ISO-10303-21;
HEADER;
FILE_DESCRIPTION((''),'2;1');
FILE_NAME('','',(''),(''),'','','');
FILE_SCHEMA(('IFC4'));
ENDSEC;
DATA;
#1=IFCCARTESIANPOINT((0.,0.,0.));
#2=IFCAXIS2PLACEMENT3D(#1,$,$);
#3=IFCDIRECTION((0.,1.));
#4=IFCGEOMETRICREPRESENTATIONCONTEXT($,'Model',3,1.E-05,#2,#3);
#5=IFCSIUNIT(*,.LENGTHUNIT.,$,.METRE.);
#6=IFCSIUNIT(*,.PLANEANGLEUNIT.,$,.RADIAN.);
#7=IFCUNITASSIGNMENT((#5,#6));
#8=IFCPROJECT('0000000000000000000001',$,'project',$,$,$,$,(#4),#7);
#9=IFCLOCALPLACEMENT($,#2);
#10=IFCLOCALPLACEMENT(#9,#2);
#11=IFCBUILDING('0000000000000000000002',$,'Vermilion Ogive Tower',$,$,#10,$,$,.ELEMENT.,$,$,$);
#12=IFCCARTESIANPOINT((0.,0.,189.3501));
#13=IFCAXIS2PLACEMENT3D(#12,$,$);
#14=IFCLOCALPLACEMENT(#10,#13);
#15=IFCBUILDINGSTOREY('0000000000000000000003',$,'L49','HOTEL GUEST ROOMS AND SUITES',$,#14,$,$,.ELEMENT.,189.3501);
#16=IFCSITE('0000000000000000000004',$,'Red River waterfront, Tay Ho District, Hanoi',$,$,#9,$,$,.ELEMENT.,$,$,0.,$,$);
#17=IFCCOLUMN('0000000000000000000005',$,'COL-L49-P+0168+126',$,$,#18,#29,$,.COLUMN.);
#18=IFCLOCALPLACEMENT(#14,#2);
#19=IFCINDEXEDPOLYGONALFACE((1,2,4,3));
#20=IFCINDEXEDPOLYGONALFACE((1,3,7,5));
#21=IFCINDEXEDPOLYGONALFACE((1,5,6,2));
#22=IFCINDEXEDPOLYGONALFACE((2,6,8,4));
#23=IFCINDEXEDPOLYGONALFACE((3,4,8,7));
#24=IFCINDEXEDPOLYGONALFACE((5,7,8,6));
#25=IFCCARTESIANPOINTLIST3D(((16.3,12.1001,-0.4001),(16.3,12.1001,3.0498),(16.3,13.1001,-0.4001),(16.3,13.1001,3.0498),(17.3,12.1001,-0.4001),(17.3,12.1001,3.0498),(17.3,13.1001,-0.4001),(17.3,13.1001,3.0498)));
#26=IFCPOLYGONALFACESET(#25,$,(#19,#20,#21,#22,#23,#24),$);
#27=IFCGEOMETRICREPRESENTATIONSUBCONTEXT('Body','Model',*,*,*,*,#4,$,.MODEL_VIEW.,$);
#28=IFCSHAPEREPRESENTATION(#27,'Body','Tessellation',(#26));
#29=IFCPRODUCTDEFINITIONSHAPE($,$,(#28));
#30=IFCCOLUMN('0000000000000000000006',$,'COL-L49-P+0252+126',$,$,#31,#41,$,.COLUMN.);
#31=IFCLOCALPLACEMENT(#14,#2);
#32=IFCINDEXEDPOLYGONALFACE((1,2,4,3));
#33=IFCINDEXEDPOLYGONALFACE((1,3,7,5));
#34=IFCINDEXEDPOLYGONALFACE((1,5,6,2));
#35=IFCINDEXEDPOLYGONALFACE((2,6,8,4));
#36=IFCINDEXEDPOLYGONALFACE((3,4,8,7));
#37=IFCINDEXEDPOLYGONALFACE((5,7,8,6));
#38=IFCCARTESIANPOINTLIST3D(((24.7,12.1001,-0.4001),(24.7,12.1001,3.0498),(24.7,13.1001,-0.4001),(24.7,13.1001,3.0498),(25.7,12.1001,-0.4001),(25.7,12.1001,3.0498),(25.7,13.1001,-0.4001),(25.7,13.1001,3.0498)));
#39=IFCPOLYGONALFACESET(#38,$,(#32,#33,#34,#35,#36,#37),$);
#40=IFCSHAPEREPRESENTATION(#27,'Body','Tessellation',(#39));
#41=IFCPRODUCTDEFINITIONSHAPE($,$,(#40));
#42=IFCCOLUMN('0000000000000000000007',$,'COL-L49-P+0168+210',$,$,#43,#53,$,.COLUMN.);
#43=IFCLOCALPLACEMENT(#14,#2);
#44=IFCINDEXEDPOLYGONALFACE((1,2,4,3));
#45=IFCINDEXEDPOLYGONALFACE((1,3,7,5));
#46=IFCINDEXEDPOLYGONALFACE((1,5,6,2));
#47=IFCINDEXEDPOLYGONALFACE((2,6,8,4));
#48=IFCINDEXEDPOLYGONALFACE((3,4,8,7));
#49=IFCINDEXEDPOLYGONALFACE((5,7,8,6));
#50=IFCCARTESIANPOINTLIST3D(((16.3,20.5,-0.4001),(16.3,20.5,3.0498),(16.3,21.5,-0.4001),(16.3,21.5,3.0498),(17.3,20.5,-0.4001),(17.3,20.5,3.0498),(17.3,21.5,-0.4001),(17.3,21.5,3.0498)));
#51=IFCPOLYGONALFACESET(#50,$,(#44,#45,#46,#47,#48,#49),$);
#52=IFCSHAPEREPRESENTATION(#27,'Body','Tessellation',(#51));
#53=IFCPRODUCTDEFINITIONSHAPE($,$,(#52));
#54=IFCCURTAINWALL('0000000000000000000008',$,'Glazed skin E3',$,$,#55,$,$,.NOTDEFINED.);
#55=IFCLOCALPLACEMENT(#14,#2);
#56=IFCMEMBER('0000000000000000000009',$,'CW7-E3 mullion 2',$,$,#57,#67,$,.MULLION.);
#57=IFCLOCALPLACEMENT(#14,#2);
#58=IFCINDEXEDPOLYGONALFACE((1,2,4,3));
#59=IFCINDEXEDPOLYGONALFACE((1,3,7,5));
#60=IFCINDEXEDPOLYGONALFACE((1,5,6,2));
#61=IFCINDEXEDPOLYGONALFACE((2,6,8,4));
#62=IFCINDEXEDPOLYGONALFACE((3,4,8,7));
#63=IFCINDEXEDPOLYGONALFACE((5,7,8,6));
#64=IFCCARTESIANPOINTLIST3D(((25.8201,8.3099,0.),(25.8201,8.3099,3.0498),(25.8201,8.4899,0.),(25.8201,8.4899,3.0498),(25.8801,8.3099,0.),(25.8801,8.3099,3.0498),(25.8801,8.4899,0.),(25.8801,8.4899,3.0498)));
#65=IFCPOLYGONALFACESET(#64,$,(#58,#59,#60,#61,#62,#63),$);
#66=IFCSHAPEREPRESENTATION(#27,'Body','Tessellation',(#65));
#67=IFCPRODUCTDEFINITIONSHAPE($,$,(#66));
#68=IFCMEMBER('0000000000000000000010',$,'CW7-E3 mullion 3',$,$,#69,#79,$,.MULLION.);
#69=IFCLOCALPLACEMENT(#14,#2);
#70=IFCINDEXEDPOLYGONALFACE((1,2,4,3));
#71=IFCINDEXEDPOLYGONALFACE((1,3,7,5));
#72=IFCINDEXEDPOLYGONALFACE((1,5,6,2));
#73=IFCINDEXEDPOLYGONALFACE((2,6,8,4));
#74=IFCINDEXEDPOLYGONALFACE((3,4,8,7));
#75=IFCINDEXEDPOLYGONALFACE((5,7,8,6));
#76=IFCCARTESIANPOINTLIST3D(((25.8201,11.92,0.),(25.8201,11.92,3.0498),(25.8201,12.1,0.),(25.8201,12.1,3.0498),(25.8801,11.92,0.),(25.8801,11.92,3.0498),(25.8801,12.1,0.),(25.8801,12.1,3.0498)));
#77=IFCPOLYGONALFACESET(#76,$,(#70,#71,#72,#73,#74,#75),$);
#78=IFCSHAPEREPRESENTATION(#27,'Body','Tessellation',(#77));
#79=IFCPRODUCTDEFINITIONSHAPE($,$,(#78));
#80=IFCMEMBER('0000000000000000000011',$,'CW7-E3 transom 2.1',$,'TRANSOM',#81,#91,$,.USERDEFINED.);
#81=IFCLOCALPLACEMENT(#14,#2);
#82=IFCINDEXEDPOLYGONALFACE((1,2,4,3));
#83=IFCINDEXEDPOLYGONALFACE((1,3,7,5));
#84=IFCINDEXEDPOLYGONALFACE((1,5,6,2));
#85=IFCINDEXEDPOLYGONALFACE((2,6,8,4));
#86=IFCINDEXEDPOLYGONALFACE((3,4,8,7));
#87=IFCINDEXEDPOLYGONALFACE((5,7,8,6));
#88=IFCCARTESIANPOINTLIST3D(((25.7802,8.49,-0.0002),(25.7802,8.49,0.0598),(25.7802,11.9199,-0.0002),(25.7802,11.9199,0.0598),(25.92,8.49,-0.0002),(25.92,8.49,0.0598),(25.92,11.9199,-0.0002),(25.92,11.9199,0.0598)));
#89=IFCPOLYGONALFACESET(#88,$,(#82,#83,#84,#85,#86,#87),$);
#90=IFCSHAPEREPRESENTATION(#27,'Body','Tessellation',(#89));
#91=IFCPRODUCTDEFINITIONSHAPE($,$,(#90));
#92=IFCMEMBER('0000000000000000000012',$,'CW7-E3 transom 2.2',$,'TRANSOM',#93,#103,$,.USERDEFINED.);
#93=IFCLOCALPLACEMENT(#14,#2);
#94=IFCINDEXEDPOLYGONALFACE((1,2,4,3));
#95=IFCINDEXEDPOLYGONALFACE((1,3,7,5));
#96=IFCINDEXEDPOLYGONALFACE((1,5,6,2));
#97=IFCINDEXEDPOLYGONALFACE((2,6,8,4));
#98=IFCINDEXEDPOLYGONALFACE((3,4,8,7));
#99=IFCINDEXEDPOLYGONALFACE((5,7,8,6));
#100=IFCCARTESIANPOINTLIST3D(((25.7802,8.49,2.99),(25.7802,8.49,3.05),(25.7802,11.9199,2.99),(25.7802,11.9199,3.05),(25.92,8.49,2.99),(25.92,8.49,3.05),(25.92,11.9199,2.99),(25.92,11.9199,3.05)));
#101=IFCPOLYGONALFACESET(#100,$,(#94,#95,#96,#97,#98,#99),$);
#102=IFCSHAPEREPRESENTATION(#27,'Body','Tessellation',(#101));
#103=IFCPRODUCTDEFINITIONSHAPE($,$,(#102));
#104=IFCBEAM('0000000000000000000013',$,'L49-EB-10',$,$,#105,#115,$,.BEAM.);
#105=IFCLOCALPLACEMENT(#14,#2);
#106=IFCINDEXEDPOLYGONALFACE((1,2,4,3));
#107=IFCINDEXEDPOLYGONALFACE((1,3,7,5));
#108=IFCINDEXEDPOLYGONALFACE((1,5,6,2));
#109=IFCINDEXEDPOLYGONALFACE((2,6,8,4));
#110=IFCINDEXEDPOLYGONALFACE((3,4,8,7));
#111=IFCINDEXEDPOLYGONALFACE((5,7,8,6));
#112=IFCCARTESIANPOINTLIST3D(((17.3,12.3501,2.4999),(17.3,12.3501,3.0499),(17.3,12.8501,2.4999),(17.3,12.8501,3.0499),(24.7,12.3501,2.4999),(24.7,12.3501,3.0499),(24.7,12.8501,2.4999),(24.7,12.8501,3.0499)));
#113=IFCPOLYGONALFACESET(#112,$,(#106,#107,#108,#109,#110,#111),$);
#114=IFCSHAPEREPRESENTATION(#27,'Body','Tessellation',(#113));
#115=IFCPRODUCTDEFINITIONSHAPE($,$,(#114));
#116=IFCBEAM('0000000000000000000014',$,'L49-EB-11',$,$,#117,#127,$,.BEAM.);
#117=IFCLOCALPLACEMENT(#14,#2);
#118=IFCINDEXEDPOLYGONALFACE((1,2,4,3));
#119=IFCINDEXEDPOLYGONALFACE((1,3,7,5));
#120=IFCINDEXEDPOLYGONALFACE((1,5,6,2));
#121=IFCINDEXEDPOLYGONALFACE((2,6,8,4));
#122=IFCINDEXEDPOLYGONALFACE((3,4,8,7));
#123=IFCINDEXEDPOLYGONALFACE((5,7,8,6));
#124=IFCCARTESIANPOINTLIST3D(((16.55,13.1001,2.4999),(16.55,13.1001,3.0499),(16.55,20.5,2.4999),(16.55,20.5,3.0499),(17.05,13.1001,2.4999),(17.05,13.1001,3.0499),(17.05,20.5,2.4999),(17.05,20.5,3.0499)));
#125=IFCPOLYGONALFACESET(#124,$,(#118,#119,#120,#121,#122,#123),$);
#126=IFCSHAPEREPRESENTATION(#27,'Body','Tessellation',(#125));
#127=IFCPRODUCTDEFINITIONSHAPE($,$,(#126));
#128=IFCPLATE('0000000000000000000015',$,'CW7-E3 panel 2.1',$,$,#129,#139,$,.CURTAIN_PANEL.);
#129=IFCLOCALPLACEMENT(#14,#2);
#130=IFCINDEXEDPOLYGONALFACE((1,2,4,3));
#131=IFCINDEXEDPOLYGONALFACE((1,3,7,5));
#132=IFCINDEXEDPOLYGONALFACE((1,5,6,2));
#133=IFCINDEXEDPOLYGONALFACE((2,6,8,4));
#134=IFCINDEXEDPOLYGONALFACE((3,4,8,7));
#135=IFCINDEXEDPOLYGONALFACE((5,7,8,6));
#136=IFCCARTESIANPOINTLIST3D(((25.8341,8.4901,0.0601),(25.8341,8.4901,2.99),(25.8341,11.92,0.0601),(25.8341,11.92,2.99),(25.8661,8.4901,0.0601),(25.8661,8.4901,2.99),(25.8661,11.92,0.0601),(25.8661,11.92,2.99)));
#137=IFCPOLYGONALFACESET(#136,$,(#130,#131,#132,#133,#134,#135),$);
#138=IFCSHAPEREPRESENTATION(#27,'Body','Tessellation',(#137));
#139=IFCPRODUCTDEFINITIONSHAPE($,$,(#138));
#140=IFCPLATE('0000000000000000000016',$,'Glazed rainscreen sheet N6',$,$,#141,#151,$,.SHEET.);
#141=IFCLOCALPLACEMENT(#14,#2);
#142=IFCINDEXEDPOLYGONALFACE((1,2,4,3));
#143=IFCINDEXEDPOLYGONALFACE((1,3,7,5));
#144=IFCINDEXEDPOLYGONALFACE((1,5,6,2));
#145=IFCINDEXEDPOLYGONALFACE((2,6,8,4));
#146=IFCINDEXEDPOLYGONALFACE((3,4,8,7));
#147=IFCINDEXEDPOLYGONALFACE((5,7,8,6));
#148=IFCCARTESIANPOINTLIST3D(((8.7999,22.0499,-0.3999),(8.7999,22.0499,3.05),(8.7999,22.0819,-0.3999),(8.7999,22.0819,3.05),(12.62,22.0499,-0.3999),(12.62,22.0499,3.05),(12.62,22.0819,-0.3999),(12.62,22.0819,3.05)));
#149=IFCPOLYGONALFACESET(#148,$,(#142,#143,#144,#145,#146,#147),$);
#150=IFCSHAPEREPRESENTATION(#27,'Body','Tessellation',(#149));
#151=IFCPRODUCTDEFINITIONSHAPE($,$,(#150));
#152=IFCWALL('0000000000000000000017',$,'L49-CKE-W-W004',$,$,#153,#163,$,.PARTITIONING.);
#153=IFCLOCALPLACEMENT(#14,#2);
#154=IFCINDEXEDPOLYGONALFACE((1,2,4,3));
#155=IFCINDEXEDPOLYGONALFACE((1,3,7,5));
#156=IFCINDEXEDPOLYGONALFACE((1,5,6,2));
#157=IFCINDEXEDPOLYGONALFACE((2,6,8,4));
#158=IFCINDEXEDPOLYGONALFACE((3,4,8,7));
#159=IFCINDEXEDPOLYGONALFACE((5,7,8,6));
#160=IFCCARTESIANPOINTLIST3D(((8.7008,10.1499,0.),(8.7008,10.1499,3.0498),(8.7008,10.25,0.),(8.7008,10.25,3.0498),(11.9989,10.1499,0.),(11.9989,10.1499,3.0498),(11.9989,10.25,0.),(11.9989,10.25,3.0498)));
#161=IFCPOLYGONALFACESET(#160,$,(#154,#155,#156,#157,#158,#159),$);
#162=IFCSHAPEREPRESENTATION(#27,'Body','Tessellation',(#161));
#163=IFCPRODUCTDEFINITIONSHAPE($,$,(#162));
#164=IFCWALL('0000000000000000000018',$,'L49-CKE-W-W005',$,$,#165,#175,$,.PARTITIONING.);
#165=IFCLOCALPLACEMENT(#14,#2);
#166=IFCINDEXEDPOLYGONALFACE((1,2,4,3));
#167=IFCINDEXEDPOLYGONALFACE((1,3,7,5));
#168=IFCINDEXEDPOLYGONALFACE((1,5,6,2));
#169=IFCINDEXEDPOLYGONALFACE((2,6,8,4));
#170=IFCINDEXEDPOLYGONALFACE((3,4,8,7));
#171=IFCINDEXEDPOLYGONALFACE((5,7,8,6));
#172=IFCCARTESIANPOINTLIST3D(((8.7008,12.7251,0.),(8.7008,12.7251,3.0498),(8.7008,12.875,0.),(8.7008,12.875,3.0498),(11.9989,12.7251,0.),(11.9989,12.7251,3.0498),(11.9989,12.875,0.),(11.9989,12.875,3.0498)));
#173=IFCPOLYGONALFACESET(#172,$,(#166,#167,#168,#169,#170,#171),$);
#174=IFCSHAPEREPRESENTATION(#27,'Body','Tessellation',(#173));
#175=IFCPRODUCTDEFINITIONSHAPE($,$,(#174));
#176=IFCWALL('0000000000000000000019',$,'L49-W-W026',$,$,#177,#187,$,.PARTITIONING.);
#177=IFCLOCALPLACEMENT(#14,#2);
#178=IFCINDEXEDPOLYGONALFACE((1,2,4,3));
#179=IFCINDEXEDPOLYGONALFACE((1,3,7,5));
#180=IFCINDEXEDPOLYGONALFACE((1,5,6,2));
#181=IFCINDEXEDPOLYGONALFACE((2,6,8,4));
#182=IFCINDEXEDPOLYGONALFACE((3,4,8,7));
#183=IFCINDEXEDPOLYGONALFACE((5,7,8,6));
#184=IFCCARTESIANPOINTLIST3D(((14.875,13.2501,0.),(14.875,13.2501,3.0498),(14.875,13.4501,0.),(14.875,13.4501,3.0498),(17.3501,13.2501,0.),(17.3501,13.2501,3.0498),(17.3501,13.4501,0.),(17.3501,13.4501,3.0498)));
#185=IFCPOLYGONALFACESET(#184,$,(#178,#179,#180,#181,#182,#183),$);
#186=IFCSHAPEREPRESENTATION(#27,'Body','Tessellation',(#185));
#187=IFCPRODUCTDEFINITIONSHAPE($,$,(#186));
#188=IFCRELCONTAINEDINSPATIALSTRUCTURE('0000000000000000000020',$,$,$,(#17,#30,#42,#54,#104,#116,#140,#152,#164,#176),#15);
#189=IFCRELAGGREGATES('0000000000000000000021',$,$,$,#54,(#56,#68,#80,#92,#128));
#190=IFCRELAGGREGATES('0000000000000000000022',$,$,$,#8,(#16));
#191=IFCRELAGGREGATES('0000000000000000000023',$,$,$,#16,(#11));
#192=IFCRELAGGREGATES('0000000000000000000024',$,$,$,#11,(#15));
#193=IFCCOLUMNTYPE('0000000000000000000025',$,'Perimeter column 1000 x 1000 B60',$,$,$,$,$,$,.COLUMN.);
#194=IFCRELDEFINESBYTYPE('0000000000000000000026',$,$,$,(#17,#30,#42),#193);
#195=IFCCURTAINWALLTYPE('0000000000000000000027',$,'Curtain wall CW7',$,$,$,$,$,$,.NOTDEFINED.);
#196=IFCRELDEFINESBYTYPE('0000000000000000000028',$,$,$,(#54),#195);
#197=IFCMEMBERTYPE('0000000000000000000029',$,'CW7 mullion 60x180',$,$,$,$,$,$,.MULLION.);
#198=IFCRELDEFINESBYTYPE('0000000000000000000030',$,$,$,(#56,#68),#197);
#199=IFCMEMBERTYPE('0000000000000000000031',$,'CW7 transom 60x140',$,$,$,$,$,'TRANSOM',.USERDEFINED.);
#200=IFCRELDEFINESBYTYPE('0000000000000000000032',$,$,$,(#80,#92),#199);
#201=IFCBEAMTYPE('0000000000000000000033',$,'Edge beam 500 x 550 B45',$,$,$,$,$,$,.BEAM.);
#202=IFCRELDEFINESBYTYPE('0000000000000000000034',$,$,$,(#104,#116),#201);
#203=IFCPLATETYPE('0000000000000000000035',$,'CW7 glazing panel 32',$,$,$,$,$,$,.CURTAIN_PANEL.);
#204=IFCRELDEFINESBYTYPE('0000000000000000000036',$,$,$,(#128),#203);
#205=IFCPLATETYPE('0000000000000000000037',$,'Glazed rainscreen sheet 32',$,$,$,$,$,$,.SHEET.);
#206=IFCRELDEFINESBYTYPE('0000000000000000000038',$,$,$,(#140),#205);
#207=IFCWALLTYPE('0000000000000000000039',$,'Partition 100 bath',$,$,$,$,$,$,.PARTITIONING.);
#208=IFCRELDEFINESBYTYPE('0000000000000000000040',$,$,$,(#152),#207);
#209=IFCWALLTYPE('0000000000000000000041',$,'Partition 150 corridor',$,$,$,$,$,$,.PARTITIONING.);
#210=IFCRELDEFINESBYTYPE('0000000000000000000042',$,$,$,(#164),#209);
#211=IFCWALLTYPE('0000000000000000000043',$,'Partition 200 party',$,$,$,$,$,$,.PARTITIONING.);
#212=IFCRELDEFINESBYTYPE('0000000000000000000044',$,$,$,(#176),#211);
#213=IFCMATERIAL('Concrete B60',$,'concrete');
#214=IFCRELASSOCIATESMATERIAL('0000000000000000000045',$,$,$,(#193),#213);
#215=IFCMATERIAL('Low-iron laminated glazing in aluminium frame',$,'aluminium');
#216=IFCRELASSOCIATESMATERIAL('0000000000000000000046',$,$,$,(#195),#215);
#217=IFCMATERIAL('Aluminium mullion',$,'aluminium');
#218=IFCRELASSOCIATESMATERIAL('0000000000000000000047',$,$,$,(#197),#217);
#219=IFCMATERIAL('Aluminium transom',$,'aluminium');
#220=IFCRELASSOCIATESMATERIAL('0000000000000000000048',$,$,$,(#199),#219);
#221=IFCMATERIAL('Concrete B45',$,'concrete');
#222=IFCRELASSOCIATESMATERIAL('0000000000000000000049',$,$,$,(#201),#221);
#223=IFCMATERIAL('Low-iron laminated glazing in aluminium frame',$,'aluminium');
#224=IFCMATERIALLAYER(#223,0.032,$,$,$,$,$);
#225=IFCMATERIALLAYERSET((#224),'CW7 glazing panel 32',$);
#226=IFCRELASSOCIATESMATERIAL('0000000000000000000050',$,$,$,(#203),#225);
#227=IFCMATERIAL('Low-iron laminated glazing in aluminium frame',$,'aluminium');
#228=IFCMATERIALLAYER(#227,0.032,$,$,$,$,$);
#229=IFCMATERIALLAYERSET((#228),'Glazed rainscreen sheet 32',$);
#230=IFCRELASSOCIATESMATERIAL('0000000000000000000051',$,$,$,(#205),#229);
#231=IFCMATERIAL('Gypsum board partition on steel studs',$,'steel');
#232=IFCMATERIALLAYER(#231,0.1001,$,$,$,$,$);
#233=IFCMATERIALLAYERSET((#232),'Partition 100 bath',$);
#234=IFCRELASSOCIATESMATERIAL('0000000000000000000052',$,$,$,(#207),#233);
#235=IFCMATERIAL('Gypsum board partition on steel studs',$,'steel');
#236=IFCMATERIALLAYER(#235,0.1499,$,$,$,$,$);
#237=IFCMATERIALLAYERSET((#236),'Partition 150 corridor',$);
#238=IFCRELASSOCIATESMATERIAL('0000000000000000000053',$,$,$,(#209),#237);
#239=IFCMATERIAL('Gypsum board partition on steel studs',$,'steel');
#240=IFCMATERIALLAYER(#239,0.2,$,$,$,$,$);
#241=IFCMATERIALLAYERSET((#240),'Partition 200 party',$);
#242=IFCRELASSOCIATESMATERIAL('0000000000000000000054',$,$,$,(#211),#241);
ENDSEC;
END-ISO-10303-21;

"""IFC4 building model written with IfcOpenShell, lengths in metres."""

from ifc_helpers import new_model, si_unit, direction, frame, frame_2d, origin, origin_2d, place, context, subcontext, project, spatial, rectangle, extrude, material, layer, layer_set, material_profile, profile_set, type_object, element, aggregate, save


model = new_model("IFC4")

# Units and contexts
model_context = context("Model", 3, precision=1e-05, world=origin(), true_north=direction((0.0, 1.0)))
body_context = subcontext(model_context, "Body", "Model", "MODEL_VIEW")
ifc_project = project(units=[si_unit("LENGTHUNIT", "METRE"), si_unit("PLANEANGLEUNIT", "RADIAN")], contexts=[model_context])

# Site, building, storey
site_placement = place(None, origin())
site = spatial("IfcSite", under=ifc_project, at=site_placement, Name="Red River waterfront, Tay Ho District, Hanoi", CompositionType="ELEMENT", RefElevation=0.0)
building_placement = place(site_placement, origin())
building = spatial("IfcBuilding", under=site, at=building_placement, Name="Vermilion Ogive Tower", CompositionType="ELEMENT")
storey_placement = place(building_placement, frame((0.0, 0.0, 189.3501)))
storey = spatial("IfcBuildingStorey", under=building, at=storey_placement, Name="L49", Description="HOTEL GUEST ROOMS AND SUITES", CompositionType="ELEMENT", Elevation=189.3501)

# Columns
ifc_material_1 = material(Name="Concrete B60", Category="concrete")
ifc_material_profile_1 = material_profile(ifc_material_1, rectangle(XDim=1.0, YDim=1.0, at=origin_2d()), Name="1000 x 1000")
ifc_profile_set_1 = profile_set([ifc_material_profile_1], Name="Concrete B60")
column_type = type_object("IfcColumnType", Name="Perimeter column 1000 x 1000 B60", PredefinedType="COLUMN", material=ifc_profile_set_1)
for number, where, z_axis, x_axis, name in (
    (1, (16.8, 12.6001, -0.4001), (0.0, 0.0, 1.0), (1.0, 0.0, 0.0), "COL-L49-P+0168+126"),
    (2, (25.2, 12.6001, -0.4001), (0.0, 0.0, 1.0), (1.0, 0.0, 0.0), "COL-L49-P+0252+126"),
    (3, (16.8, 21.0, -0.4001), (0.0, 0.0, 1.0), (1.0, 0.0, 0.0), "COL-L49-P+0168+210"),
):
    element("IfcColumn", number, at=place(storey_placement, frame(where, z_axis=z_axis, x_axis=x_axis)), inside=storey, type_object=column_type, Name=name, PredefinedType="COLUMN", context=body_context, shape_type="SweptSolid", body=[
        extrude(rectangle(XDim=1.0, YDim=1.0, at=origin_2d()), origin(), (0.0, 0.0, 1.0), 3.45),
    ])

# Curtain wall, members
ifc_material_2 = material(Name="Low-iron laminated glazing in aluminium frame", Category="aluminium")
curtain_wall_type = type_object("IfcCurtainWallType", Name="Curtain wall CW7", PredefinedType="NOTDEFINED", material=ifc_material_2)
curtain_wall_placement = place(storey_placement, origin())
curtain_wall = element("IfcCurtainWall", 4, at=curtain_wall_placement, inside=storey, type_object=curtain_wall_type, Name="Glazed skin E3", PredefinedType="NOTDEFINED")
ifc_material_3 = material(Name="Aluminium mullion", Category="aluminium")
ifc_material_profile_2 = material_profile(ifc_material_3, rectangle(XDim=0.0601, YDim=0.1799, at=origin_2d()), Name="AL 60x180")
ifc_profile_set_2 = profile_set([ifc_material_profile_2], Name="Aluminium mullion")
member_type_1 = type_object("IfcMemberType", Name="CW7 mullion 60x180", PredefinedType="MULLION", material=ifc_profile_set_2)
member_1_placement = place(storey_placement, frame((25.8501, 8.3999, 0.0), z_axis=(0.0, 0.0, 1.0), x_axis=(-1.0, 0.0, 0.0)))
member_1 = element("IfcMember", 5, at=member_1_placement, type_object=member_type_1, Name="CW7-E3 mullion 2", PredefinedType="MULLION", context=body_context, shape_type="SweptSolid", body=[
    extrude(rectangle(XDim=0.0601, YDim=0.1799, at=origin_2d()), origin(), (0.0, 0.0, 1.0), 3.0498),
])
member_2_placement = place(storey_placement, frame((25.8501, 12.01, 0.0), z_axis=(0.0, 0.0, 1.0), x_axis=(-1.0, 0.0, 0.0)))
member_2 = element("IfcMember", 6, at=member_2_placement, type_object=member_type_1, Name="CW7-E3 mullion 3", PredefinedType="MULLION", context=body_context, shape_type="SweptSolid", body=[
    extrude(rectangle(XDim=0.0601, YDim=0.1799, at=origin_2d()), origin(), (0.0, 0.0, 1.0), 3.0498),
])
ifc_material_4 = material(Name="Aluminium transom", Category="aluminium")
ifc_material_profile_3 = material_profile(ifc_material_4, rectangle(XDim=0.1399, YDim=0.0601, at=origin_2d()), Name="AL 60x140")
ifc_profile_set_3 = profile_set([ifc_material_profile_3], Name="Aluminium transom")
member_type_2 = type_object("IfcMemberType", Name="CW7 transom 60x140", ElementType="TRANSOM", PredefinedType="USERDEFINED", material=ifc_profile_set_3)
member_3_placement = place(storey_placement, frame((25.8501, 8.49, 0.0298), z_axis=(0.0, 1.0, 0.0), x_axis=(-1.0, 0.0, 0.0)))
member_3 = element("IfcMember", 7, at=member_3_placement, type_object=member_type_2, Name="CW7-E3 transom 2.1", ObjectType="TRANSOM", PredefinedType="USERDEFINED", context=body_context, shape_type="SweptSolid", body=[
    extrude(rectangle(XDim=0.1399, YDim=0.0601, at=origin_2d()), origin(), (0.0, 0.0, 1.0), 3.4299),
])
member_4_placement = place(storey_placement, frame((25.8501, 8.49, 3.02), z_axis=(0.0, 1.0, 0.0), x_axis=(-1.0, 0.0, 0.0)))
member_4 = element("IfcMember", 8, at=member_4_placement, type_object=member_type_2, Name="CW7-E3 transom 2.2", ObjectType="TRANSOM", PredefinedType="USERDEFINED", context=body_context, shape_type="SweptSolid", body=[
    extrude(rectangle(XDim=0.1399, YDim=0.0601, at=origin_2d()), origin(), (0.0, 0.0, 1.0), 3.4299),
])

# Beams
ifc_material_5 = material(Name="Concrete B45", Category="concrete")
ifc_material_profile_4 = material_profile(ifc_material_5, rectangle(XDim=0.5, YDim=0.55, at=origin_2d()), Name="500 x 550")
ifc_profile_set_4 = profile_set([ifc_material_profile_4], Name="Concrete B45")
beam_type = type_object("IfcBeamType", Name="Edge beam 500 x 550 B45", PredefinedType="BEAM", material=ifc_profile_set_4)
for number, where, z_axis, x_axis, name in (
    (9, (24.7, 12.6001, 2.7749), (-1.0, 0.0, 0.0), (0.0, -1.0, 0.0), "L49-EB-10"),
    (10, (16.8, 13.1001, 2.7749), (0.0, 1.0, 0.0), (-1.0, 0.0, 0.0), "L49-EB-11"),
):
    element("IfcBeam", number, at=place(storey_placement, frame(where, z_axis=z_axis, x_axis=x_axis)), inside=storey, type_object=beam_type, Name=name, PredefinedType="BEAM", context=body_context, shape_type="SweptSolid", body=[
        extrude(rectangle(XDim=0.5, YDim=0.55, at=origin_2d()), origin(), (0.0, 0.0, 1.0), 7.3999),
    ])

# Plates
ifc_material_6 = material(Name="Low-iron laminated glazing in aluminium frame", Category="aluminium")
ifc_layer_1 = layer(ifc_material_6, 0.032)
ifc_layer_set_1 = layer_set([ifc_layer_1], Name="CW7 glazing panel 32")
plate_type_1 = type_object("IfcPlateType", Name="CW7 glazing panel 32", PredefinedType="CURTAIN_PANEL", material=ifc_layer_set_1)
plate_1_placement = place(storey_placement, frame((25.8501, 10.2051, 0.0601), z_axis=(0.0, 0.0, 1.0), x_axis=(0.0, 1.0, 0.0)))
plate_1 = element("IfcPlate", 11, at=plate_1_placement, type_object=plate_type_1, Name="CW7-E3 panel 2.1", PredefinedType="CURTAIN_PANEL", context=body_context, shape_type="SweptSolid", body=[
    extrude(rectangle(XDim=3.4299, YDim=0.032, at=origin_2d()), origin(), (0.0, 0.0, 1.0), 2.9299),
])
aggregate(curtain_wall, [member_1, member_2, member_3, member_4, plate_1])
ifc_material_7 = material(Name="Low-iron laminated glazing in aluminium frame", Category="aluminium")
ifc_layer_2 = layer(ifc_material_7, 0.032)
ifc_layer_set_2 = layer_set([ifc_layer_2], Name="Glazed rainscreen sheet 32")
plate_type_2 = type_object("IfcPlateType", Name="Glazed rainscreen sheet 32", PredefinedType="SHEET", material=ifc_layer_set_2)
plate_2_placement = place(storey_placement, frame((10.71, 22.0659, -0.3999), z_axis=(0.0, 0.0, 1.0), x_axis=(1.0, 0.0, 0.0)))
element("IfcPlate", 12, at=plate_2_placement, inside=storey, type_object=plate_type_2, Name="Glazed rainscreen sheet N6", PredefinedType="SHEET", context=body_context, shape_type="SweptSolid", body=[
    extrude(rectangle(XDim=3.8201, YDim=0.032, at=origin_2d()), origin(), (0.0, 0.0, 1.0), 3.45),
])

# Walls
ifc_material_8 = material(Name="Gypsum board partition on steel studs", Category="steel")
ifc_layer_3 = layer(ifc_material_8, 0.1001)
ifc_layer_set_3 = layer_set([ifc_layer_3], Name="Partition 100 bath")
wall_type_1 = type_object("IfcWallType", Name="Partition 100 bath", PredefinedType="PARTITIONING", material=ifc_layer_set_3)
wall_1_placement = place(storey_placement, frame((8.7009, 10.2, 0.0), z_axis=(0.0, 0.0, 1.0), x_axis=(1.0, 0.0, 0.0)))
element("IfcWall", 13, at=wall_1_placement, inside=storey, type_object=wall_type_1, Name="L49-CKE-W-W004", PredefinedType="PARTITIONING", context=body_context, shape_type="SweptSolid", body=[
    extrude(rectangle(XDim=3.2981, YDim=0.1001, at=frame_2d((1.6489, 0.0))), origin(), (0.0, 0.0, 1.0), 3.0498),
])
ifc_material_9 = material(Name="Gypsum board partition on steel studs", Category="steel")
ifc_layer_4 = layer(ifc_material_9, 0.1499)
ifc_layer_set_4 = layer_set([ifc_layer_4], Name="Partition 150 corridor")
wall_type_2 = type_object("IfcWallType", Name="Partition 150 corridor", PredefinedType="PARTITIONING", material=ifc_layer_set_4)
wall_2_placement = place(storey_placement, frame((8.7009, 12.8, 0.0), z_axis=(0.0, 0.0, 1.0), x_axis=(1.0, 0.0, 0.0)))
element("IfcWall", 14, at=wall_2_placement, inside=storey, type_object=wall_type_2, Name="L49-CKE-W-W005", PredefinedType="PARTITIONING", context=body_context, shape_type="SweptSolid", body=[
    extrude(rectangle(XDim=3.2981, YDim=0.1499, at=frame_2d((1.6489, 0.0))), origin(), (0.0, 0.0, 1.0), 3.0498),
])
ifc_material_10 = material(Name="Gypsum board partition on steel studs", Category="steel")
ifc_layer_5 = layer(ifc_material_10, 0.2)
ifc_layer_set_5 = layer_set([ifc_layer_5], Name="Partition 200 party")
wall_type_3 = type_object("IfcWallType", Name="Partition 200 party", PredefinedType="PARTITIONING", material=ifc_layer_set_5)
for number, where, z_axis, x_axis, name in (
    (15, (14.875, 13.3501, 0.0), (0.0, 0.0, 1.0), (1.0, 0.0, 0.0), "L49-W-W026"),
):
    element("IfcWall", number, at=place(storey_placement, frame(where, z_axis=z_axis, x_axis=x_axis)), inside=storey, type_object=wall_type_3, Name=name, PredefinedType="PARTITIONING", context=body_context, shape_type="SweptSolid", body=[
        extrude(rectangle(XDim=2.4751, YDim=0.2, at=frame_2d((1.2375, 0.0))), origin(), (0.0, 0.0, 1.0), 3.0498),
    ])

save(model, "model.ifc")
